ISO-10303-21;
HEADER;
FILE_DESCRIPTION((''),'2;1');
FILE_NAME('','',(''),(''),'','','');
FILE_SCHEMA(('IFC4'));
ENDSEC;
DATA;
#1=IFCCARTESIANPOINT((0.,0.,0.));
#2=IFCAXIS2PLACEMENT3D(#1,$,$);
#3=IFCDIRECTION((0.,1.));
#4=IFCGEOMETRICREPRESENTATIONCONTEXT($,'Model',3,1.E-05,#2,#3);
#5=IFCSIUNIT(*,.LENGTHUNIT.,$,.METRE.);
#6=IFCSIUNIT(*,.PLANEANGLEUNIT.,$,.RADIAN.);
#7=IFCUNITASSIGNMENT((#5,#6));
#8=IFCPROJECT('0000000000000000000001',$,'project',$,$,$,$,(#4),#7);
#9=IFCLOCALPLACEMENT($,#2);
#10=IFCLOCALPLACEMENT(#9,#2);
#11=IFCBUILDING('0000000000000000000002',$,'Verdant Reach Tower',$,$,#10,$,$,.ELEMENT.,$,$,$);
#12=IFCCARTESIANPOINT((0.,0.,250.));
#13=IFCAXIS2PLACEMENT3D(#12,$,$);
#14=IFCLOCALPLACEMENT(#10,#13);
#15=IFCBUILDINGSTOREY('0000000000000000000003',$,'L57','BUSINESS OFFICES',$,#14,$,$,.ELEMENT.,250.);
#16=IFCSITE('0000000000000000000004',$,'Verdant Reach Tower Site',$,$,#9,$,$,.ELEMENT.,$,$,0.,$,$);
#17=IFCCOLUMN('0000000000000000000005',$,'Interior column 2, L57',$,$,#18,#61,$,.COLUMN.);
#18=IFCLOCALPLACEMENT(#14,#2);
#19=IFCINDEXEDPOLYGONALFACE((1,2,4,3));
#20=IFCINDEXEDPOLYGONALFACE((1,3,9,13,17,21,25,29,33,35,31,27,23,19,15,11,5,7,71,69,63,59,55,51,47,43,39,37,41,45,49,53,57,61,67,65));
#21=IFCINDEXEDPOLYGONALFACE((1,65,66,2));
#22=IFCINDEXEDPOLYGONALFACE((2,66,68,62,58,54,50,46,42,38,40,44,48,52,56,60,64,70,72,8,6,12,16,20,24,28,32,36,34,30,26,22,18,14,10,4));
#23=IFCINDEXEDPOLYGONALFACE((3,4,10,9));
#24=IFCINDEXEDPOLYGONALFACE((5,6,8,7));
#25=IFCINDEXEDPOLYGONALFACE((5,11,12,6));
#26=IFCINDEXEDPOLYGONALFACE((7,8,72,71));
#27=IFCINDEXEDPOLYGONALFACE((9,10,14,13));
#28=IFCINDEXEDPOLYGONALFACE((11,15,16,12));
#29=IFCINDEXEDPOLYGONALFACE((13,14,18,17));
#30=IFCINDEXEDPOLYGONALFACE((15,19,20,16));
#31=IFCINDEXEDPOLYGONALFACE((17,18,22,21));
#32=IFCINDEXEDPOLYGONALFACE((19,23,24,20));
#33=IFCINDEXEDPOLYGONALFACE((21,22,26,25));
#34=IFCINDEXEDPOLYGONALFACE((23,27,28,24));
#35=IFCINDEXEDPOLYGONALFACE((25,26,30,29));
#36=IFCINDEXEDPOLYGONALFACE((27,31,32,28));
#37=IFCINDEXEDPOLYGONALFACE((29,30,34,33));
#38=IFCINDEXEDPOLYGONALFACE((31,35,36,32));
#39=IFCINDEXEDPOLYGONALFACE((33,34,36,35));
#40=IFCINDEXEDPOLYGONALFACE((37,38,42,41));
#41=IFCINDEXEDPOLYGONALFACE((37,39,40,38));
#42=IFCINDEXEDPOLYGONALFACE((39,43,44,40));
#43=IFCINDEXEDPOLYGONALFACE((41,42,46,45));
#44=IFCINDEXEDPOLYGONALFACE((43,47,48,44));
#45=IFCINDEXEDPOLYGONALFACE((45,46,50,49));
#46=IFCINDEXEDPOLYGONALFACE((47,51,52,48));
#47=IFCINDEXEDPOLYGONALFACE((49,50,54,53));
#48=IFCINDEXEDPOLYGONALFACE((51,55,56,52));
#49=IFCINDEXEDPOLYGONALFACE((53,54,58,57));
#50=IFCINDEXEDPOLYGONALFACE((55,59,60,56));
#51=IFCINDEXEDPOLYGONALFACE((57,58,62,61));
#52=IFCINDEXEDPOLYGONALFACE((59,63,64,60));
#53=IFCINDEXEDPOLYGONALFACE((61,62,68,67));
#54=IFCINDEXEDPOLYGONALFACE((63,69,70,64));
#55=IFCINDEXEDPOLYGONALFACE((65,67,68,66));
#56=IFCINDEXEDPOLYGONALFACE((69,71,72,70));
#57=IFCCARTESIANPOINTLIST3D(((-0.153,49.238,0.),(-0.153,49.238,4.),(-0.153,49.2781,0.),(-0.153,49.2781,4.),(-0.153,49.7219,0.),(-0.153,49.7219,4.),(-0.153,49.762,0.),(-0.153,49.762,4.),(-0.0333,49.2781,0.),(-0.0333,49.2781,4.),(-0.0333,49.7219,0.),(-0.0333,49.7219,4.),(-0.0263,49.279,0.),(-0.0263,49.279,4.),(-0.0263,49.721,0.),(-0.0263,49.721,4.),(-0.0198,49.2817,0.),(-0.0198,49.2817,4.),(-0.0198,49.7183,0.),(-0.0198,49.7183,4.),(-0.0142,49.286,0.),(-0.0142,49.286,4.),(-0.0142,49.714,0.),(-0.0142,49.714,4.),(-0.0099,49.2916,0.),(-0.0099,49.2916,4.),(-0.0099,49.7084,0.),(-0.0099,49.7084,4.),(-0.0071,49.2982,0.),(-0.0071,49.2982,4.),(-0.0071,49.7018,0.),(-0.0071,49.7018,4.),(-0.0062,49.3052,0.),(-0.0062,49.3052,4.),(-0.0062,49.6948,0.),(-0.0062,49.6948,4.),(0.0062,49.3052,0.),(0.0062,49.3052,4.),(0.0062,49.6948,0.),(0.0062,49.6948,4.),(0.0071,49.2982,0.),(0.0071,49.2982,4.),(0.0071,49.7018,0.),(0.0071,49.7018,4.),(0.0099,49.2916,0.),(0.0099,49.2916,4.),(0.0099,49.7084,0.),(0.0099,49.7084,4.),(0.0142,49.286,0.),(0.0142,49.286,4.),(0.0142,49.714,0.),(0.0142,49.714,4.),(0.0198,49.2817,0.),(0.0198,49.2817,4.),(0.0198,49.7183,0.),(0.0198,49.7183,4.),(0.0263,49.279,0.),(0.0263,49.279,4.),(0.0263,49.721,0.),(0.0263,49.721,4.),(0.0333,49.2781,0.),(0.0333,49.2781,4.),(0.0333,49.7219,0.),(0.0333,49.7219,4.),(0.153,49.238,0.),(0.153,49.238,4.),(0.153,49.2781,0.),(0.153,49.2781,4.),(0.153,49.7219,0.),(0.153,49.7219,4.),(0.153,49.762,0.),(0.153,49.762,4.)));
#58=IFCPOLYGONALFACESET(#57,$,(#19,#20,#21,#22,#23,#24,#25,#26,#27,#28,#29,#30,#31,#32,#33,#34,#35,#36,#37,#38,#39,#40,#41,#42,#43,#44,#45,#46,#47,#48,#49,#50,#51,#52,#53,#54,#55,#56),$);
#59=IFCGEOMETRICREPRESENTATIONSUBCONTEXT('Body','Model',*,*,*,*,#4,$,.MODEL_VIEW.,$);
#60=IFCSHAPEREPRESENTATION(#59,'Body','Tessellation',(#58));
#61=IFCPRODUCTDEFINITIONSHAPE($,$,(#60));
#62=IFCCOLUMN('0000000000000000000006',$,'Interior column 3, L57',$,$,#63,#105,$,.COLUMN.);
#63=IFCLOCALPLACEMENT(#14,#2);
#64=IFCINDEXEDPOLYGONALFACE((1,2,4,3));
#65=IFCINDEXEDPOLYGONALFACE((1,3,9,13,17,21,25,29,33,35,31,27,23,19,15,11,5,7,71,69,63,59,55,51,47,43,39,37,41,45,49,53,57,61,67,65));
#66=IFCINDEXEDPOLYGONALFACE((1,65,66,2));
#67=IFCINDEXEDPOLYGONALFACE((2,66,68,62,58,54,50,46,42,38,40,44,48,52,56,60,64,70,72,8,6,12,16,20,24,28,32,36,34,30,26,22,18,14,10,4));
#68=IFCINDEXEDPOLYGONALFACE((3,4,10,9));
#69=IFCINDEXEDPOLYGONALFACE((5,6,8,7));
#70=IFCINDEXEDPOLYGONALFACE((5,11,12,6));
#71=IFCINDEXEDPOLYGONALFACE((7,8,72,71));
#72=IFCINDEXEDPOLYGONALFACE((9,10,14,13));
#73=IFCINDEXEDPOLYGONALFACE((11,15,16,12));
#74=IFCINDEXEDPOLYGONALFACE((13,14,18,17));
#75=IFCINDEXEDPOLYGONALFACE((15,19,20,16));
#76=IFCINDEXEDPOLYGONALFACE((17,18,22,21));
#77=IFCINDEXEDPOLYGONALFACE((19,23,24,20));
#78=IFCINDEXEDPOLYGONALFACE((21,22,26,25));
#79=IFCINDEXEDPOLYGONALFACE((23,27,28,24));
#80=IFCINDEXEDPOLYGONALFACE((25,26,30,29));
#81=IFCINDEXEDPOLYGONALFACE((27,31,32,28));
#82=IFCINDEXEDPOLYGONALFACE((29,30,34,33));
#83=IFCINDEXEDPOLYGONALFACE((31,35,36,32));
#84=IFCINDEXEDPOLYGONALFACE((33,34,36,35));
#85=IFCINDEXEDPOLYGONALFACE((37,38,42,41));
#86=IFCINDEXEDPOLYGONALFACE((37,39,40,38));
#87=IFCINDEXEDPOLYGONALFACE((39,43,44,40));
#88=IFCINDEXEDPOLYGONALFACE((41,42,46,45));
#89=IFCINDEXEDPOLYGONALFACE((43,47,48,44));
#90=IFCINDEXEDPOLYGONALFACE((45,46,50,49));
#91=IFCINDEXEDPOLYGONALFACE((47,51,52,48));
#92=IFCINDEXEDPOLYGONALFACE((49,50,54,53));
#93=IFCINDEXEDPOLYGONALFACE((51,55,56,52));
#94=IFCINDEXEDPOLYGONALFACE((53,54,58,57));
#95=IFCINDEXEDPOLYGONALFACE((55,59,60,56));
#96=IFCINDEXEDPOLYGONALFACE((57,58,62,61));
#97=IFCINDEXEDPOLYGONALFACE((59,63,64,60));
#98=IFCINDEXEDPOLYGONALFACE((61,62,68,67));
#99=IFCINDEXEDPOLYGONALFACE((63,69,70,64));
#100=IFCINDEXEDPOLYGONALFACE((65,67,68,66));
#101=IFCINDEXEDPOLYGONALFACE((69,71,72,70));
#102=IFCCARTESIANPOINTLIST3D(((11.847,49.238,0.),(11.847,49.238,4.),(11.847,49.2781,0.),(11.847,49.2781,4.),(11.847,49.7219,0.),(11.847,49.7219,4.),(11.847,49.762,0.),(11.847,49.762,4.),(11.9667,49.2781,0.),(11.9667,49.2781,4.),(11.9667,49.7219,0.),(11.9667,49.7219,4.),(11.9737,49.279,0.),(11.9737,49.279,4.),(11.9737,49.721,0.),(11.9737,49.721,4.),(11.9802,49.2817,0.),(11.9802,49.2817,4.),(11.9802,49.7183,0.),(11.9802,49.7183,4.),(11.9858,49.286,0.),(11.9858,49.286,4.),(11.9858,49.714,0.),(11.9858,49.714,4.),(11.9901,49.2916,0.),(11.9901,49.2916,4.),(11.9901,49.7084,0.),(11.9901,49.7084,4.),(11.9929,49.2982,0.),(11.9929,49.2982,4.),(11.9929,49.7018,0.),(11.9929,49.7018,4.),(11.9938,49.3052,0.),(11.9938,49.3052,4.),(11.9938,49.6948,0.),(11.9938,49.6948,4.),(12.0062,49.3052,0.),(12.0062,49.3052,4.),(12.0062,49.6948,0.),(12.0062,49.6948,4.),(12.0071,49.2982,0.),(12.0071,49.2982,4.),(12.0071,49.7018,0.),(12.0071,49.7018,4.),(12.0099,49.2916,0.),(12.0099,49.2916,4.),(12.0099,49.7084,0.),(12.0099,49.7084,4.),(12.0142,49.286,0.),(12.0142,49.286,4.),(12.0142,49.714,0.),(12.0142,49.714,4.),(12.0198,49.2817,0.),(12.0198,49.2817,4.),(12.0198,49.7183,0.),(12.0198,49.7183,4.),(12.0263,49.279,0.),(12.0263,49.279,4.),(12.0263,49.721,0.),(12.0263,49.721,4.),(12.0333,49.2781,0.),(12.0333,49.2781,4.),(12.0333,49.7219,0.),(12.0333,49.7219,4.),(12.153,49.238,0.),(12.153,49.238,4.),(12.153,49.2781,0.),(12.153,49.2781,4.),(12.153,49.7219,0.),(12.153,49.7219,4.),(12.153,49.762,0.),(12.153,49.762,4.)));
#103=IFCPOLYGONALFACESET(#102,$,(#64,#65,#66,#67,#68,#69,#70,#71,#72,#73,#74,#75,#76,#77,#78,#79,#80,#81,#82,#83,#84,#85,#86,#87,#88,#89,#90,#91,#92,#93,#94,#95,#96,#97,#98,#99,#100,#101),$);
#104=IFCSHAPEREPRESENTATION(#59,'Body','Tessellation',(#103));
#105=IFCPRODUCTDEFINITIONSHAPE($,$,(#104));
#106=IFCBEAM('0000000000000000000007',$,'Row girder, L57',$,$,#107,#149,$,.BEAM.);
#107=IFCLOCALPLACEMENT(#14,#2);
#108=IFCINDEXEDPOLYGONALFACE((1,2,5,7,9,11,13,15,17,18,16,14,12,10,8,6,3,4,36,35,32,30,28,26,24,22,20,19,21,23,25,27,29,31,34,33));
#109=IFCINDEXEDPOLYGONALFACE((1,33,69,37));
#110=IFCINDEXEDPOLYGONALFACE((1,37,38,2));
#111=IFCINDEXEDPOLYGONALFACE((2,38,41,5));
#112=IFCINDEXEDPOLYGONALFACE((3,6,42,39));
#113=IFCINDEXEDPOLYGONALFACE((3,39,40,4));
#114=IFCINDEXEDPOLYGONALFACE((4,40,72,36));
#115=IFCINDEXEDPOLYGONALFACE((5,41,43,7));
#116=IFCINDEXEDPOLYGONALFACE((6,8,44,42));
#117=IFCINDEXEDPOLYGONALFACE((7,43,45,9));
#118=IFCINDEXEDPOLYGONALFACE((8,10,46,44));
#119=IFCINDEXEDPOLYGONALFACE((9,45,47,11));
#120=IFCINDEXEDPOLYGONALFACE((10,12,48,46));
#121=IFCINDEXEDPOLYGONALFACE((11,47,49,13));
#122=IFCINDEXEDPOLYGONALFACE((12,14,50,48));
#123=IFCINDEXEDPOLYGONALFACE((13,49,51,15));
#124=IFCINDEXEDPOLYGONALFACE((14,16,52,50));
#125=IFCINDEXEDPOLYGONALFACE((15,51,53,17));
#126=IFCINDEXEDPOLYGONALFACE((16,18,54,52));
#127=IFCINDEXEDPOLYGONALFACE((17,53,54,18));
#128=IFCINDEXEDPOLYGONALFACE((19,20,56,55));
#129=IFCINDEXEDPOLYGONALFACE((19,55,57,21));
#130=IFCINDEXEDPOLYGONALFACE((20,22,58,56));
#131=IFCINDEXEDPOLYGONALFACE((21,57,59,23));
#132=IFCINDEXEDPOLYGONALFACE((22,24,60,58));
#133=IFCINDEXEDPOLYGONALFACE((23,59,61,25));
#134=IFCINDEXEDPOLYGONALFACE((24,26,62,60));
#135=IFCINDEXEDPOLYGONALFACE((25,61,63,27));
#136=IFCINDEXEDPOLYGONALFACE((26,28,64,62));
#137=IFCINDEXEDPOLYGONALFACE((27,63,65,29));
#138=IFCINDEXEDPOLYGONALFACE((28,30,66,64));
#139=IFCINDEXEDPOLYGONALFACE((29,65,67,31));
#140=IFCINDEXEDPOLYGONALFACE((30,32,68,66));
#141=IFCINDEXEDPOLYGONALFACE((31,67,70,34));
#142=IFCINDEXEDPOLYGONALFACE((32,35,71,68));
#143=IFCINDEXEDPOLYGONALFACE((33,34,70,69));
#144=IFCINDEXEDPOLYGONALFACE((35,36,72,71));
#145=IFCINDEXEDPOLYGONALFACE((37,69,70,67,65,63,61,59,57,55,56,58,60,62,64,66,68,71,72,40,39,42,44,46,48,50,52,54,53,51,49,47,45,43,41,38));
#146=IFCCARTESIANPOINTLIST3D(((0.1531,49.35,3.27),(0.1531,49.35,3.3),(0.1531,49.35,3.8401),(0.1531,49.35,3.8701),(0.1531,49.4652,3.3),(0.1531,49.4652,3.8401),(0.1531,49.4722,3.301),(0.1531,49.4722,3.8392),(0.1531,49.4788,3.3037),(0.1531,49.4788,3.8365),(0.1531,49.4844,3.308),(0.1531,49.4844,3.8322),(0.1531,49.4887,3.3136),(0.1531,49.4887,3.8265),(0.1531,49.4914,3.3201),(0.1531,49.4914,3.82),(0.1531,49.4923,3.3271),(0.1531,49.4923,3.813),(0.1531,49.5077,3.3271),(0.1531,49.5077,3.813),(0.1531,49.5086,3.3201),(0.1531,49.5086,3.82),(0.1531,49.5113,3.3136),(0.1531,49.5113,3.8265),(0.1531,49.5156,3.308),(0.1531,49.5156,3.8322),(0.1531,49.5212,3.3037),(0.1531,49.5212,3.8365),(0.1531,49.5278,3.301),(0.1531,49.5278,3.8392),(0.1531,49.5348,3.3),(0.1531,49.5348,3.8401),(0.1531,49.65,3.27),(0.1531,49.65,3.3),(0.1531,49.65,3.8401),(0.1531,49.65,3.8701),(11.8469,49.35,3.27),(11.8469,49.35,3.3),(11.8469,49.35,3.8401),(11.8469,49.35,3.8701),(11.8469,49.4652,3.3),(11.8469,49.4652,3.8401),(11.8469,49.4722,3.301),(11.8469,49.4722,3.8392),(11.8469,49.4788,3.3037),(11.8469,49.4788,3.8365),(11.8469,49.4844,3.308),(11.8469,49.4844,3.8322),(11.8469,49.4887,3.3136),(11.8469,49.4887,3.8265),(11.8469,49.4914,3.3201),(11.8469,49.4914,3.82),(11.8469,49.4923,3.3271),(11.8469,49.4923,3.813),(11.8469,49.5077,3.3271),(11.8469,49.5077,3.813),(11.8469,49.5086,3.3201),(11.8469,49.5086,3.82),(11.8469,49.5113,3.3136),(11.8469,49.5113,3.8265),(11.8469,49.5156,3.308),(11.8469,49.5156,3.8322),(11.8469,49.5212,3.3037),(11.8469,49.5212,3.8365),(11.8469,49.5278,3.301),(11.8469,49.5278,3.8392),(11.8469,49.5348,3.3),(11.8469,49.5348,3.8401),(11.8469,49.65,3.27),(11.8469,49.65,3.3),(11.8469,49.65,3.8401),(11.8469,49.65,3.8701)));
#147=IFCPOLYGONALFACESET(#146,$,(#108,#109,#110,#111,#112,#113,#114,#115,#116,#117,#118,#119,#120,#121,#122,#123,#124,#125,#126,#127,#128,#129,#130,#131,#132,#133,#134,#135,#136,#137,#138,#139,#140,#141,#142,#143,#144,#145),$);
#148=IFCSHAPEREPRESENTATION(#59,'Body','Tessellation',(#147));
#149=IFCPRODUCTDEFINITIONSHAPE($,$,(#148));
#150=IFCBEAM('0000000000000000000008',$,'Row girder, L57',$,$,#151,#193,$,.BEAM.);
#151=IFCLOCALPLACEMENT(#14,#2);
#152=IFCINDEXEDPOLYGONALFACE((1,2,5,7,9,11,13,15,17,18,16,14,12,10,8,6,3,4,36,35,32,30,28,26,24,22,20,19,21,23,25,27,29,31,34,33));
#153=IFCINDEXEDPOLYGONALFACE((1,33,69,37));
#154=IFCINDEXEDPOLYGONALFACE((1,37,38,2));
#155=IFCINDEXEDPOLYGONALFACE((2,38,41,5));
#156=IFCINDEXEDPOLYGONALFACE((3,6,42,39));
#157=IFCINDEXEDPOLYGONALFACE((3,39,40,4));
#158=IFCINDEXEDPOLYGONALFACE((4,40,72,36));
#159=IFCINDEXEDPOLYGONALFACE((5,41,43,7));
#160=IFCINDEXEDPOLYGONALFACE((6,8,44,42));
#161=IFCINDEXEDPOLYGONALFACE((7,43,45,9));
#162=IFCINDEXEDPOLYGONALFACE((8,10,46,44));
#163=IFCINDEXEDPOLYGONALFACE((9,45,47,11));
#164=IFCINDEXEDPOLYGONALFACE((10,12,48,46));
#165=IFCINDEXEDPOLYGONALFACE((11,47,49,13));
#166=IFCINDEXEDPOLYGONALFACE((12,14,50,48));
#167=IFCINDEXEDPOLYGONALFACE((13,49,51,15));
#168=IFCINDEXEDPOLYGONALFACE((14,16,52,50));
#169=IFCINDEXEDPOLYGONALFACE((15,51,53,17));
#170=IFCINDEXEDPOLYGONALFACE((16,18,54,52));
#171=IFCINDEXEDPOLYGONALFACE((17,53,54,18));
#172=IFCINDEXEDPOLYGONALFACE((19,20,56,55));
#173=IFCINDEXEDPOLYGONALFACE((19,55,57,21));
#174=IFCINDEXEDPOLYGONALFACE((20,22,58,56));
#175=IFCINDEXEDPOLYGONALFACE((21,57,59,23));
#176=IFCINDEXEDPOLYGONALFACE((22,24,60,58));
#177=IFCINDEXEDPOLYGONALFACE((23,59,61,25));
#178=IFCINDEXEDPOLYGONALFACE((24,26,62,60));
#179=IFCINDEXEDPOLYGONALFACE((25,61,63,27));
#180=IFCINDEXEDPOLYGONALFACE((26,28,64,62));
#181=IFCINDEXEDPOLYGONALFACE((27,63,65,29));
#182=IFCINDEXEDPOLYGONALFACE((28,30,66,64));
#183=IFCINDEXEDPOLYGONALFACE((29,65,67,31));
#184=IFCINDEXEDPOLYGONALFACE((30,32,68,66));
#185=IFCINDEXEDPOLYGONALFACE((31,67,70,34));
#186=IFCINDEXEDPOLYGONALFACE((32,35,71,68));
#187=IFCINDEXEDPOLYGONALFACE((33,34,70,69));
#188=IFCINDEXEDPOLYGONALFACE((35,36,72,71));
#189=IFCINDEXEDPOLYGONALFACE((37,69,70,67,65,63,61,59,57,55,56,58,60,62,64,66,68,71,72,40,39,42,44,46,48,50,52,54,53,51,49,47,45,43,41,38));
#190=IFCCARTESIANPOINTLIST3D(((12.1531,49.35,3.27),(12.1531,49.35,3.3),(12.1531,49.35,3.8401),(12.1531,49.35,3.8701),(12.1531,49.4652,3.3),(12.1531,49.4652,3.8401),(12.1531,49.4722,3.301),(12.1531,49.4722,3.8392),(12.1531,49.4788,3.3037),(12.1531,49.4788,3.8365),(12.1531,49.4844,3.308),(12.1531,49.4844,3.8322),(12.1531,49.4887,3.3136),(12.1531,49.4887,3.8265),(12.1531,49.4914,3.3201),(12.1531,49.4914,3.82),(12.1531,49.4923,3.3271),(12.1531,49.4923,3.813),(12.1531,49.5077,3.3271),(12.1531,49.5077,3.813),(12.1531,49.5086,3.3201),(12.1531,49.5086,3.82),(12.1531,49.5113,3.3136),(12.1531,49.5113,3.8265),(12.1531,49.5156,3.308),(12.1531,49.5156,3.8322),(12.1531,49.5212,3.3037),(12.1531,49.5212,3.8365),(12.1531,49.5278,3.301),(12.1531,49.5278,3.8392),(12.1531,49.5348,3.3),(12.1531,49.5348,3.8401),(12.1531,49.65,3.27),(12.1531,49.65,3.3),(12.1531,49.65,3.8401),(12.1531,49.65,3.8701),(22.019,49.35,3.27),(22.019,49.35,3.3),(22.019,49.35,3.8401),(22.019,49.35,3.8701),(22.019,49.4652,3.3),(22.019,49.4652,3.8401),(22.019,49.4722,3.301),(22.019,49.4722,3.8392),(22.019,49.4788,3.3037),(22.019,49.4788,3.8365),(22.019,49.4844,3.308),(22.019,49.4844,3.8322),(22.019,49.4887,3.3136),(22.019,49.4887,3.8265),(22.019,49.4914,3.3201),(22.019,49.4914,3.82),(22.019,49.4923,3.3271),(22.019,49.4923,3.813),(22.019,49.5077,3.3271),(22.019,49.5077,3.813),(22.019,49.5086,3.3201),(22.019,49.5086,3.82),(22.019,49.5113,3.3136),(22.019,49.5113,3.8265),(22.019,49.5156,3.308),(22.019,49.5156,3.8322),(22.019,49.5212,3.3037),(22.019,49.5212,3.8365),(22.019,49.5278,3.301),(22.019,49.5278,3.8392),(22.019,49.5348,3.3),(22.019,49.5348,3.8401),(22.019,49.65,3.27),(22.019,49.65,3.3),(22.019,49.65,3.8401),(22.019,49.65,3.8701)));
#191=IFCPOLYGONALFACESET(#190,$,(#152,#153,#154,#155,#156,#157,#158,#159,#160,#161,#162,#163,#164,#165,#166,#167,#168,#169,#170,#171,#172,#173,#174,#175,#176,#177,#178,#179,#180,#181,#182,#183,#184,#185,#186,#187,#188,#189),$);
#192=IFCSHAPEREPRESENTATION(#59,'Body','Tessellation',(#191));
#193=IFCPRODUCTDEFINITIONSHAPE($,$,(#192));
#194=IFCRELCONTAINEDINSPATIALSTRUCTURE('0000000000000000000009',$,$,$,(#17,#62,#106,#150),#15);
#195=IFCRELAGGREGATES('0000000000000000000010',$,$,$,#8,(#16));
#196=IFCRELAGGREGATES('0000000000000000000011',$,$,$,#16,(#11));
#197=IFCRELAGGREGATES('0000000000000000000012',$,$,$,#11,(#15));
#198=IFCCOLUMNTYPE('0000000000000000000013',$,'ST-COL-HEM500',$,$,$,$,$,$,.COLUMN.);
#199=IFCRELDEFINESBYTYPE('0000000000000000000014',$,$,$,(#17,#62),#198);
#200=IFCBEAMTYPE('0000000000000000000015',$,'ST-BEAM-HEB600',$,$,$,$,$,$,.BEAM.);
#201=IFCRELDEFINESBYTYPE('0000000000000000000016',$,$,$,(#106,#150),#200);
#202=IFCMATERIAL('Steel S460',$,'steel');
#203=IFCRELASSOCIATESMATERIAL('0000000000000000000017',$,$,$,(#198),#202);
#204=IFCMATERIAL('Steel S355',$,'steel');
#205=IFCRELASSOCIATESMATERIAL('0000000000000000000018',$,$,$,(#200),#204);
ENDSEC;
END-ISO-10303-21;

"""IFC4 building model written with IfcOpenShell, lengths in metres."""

from ifc_helpers import new_model, si_unit, direction, frame, origin, origin_2d, place, context, subcontext, project, spatial, i_section, extrude, material, material_profile, profile_set, type_object, element, save


model = new_model("IFC4")

# Units and contexts
model_context = context("Model", 3, precision=1e-05, world=origin(), true_north=direction((0.0, 1.0)))
body_context = subcontext(model_context, "Body", "Model", "MODEL_VIEW")
ifc_project = project(units=[si_unit("LENGTHUNIT", "METRE"), si_unit("PLANEANGLEUNIT", "RADIAN")], contexts=[model_context])

# Site, building, storey
site_placement = place(None, origin())
site = spatial("IfcSite", under=ifc_project, at=site_placement, Name="Verdant Reach Tower Site", CompositionType="ELEMENT", RefElevation=0.0)
building_placement = place(site_placement, origin())
building = spatial("IfcBuilding", under=site, at=building_placement, Name="Verdant Reach Tower", CompositionType="ELEMENT")
storey_placement = place(building_placement, frame((0.0, 0.0, 250.0)))
storey = spatial("IfcBuildingStorey", under=building, at=storey_placement, Name="L57", Description="BUSINESS OFFICES", CompositionType="ELEMENT", Elevation=250.0)

# Columns
ifc_material_1 = material(Name="Steel S460", Category="steel")
ifc_material_profile_1 = material_profile(ifc_material_1, i_section(OverallWidth=0.3059, OverallDepth=0.5239, WebThickness=0.0125, FlangeThickness=0.04, FilletRadius=0.0271, at=origin_2d()), Name="HEM 500")
ifc_profile_set_1 = profile_set([ifc_material_profile_1], Name="Steel S460")
column_type = type_object("IfcColumnType", Name="ST-COL-HEM500", PredefinedType="COLUMN", material=ifc_profile_set_1)
for number, where, z_axis, x_axis, name in (
    (1, (0.0, 49.5, 0.0), (0.0, 0.0, 1.0), (1.0, 0.0, 0.0), "Interior column 2, L57"),
    (2, (12.0, 49.5, 0.0), (0.0, 0.0, 1.0), (1.0, 0.0, 0.0), "Interior column 3, L57"),
):
    element("IfcColumn", number, at=place(storey_placement, frame(where, z_axis=z_axis, x_axis=x_axis)), inside=storey, type_object=column_type, Name=name, PredefinedType="COLUMN", context=body_context, shape_type="SweptSolid", body=[
        extrude(i_section(OverallWidth=0.3059, OverallDepth=0.5239, WebThickness=0.0125, FlangeThickness=0.04, FilletRadius=0.0271, at=origin_2d()), origin(), (0.0, 0.0, 1.0), 4.0),
    ])

# Beams
ifc_material_2 = material(Name="Steel S355", Category="steel")
ifc_material_profile_2 = material_profile(ifc_material_2, i_section(OverallWidth=0.3, OverallDepth=0.6001, WebThickness=0.0154, FlangeThickness=0.03, FilletRadius=0.0271, at=origin_2d()), Name="HEB 600")
ifc_profile_set_2 = profile_set([ifc_material_profile_2], Name="Steel S355")
beam_type_1 = type_object("IfcBeamType", Name="ST-BEAM-HEB600", PredefinedType="BEAM", material=ifc_profile_set_2)
beam_1_placement = place(storey_placement, frame((0.1531, 49.5, 3.5701), z_axis=(1.0, 0.0, 0.0), x_axis=(0.0, 1.0, 0.0)))
element("IfcBeam", 3, at=beam_1_placement, inside=storey, type_object=beam_type_1, Name="Row girder, L57", PredefinedType="BEAM", context=body_context, shape_type="SweptSolid", body=[
    extrude(i_section(OverallWidth=0.3, OverallDepth=0.6001, WebThickness=0.0154, FlangeThickness=0.03, FilletRadius=0.0271, at=origin_2d()), origin(), (0.0, 0.0, 1.0), 11.6938),
])
beam_2_placement = place(storey_placement, frame((12.1531, 49.5, 3.5701), z_axis=(1.0, 0.0, 0.0), x_axis=(0.0, 1.0, 0.0)))
element("IfcBeam", 4, at=beam_2_placement, inside=storey, type_object=beam_type_1, Name="Row girder, L57", PredefinedType="BEAM", context=body_context, shape_type="SweptSolid", body=[
    extrude(i_section(OverallWidth=0.3, OverallDepth=0.6001, WebThickness=0.0154, FlangeThickness=0.03, FilletRadius=0.0271, at=origin_2d()), origin(), (0.0, 0.0, 1.0), 9.866),
])

save(model, "model.ifc")
